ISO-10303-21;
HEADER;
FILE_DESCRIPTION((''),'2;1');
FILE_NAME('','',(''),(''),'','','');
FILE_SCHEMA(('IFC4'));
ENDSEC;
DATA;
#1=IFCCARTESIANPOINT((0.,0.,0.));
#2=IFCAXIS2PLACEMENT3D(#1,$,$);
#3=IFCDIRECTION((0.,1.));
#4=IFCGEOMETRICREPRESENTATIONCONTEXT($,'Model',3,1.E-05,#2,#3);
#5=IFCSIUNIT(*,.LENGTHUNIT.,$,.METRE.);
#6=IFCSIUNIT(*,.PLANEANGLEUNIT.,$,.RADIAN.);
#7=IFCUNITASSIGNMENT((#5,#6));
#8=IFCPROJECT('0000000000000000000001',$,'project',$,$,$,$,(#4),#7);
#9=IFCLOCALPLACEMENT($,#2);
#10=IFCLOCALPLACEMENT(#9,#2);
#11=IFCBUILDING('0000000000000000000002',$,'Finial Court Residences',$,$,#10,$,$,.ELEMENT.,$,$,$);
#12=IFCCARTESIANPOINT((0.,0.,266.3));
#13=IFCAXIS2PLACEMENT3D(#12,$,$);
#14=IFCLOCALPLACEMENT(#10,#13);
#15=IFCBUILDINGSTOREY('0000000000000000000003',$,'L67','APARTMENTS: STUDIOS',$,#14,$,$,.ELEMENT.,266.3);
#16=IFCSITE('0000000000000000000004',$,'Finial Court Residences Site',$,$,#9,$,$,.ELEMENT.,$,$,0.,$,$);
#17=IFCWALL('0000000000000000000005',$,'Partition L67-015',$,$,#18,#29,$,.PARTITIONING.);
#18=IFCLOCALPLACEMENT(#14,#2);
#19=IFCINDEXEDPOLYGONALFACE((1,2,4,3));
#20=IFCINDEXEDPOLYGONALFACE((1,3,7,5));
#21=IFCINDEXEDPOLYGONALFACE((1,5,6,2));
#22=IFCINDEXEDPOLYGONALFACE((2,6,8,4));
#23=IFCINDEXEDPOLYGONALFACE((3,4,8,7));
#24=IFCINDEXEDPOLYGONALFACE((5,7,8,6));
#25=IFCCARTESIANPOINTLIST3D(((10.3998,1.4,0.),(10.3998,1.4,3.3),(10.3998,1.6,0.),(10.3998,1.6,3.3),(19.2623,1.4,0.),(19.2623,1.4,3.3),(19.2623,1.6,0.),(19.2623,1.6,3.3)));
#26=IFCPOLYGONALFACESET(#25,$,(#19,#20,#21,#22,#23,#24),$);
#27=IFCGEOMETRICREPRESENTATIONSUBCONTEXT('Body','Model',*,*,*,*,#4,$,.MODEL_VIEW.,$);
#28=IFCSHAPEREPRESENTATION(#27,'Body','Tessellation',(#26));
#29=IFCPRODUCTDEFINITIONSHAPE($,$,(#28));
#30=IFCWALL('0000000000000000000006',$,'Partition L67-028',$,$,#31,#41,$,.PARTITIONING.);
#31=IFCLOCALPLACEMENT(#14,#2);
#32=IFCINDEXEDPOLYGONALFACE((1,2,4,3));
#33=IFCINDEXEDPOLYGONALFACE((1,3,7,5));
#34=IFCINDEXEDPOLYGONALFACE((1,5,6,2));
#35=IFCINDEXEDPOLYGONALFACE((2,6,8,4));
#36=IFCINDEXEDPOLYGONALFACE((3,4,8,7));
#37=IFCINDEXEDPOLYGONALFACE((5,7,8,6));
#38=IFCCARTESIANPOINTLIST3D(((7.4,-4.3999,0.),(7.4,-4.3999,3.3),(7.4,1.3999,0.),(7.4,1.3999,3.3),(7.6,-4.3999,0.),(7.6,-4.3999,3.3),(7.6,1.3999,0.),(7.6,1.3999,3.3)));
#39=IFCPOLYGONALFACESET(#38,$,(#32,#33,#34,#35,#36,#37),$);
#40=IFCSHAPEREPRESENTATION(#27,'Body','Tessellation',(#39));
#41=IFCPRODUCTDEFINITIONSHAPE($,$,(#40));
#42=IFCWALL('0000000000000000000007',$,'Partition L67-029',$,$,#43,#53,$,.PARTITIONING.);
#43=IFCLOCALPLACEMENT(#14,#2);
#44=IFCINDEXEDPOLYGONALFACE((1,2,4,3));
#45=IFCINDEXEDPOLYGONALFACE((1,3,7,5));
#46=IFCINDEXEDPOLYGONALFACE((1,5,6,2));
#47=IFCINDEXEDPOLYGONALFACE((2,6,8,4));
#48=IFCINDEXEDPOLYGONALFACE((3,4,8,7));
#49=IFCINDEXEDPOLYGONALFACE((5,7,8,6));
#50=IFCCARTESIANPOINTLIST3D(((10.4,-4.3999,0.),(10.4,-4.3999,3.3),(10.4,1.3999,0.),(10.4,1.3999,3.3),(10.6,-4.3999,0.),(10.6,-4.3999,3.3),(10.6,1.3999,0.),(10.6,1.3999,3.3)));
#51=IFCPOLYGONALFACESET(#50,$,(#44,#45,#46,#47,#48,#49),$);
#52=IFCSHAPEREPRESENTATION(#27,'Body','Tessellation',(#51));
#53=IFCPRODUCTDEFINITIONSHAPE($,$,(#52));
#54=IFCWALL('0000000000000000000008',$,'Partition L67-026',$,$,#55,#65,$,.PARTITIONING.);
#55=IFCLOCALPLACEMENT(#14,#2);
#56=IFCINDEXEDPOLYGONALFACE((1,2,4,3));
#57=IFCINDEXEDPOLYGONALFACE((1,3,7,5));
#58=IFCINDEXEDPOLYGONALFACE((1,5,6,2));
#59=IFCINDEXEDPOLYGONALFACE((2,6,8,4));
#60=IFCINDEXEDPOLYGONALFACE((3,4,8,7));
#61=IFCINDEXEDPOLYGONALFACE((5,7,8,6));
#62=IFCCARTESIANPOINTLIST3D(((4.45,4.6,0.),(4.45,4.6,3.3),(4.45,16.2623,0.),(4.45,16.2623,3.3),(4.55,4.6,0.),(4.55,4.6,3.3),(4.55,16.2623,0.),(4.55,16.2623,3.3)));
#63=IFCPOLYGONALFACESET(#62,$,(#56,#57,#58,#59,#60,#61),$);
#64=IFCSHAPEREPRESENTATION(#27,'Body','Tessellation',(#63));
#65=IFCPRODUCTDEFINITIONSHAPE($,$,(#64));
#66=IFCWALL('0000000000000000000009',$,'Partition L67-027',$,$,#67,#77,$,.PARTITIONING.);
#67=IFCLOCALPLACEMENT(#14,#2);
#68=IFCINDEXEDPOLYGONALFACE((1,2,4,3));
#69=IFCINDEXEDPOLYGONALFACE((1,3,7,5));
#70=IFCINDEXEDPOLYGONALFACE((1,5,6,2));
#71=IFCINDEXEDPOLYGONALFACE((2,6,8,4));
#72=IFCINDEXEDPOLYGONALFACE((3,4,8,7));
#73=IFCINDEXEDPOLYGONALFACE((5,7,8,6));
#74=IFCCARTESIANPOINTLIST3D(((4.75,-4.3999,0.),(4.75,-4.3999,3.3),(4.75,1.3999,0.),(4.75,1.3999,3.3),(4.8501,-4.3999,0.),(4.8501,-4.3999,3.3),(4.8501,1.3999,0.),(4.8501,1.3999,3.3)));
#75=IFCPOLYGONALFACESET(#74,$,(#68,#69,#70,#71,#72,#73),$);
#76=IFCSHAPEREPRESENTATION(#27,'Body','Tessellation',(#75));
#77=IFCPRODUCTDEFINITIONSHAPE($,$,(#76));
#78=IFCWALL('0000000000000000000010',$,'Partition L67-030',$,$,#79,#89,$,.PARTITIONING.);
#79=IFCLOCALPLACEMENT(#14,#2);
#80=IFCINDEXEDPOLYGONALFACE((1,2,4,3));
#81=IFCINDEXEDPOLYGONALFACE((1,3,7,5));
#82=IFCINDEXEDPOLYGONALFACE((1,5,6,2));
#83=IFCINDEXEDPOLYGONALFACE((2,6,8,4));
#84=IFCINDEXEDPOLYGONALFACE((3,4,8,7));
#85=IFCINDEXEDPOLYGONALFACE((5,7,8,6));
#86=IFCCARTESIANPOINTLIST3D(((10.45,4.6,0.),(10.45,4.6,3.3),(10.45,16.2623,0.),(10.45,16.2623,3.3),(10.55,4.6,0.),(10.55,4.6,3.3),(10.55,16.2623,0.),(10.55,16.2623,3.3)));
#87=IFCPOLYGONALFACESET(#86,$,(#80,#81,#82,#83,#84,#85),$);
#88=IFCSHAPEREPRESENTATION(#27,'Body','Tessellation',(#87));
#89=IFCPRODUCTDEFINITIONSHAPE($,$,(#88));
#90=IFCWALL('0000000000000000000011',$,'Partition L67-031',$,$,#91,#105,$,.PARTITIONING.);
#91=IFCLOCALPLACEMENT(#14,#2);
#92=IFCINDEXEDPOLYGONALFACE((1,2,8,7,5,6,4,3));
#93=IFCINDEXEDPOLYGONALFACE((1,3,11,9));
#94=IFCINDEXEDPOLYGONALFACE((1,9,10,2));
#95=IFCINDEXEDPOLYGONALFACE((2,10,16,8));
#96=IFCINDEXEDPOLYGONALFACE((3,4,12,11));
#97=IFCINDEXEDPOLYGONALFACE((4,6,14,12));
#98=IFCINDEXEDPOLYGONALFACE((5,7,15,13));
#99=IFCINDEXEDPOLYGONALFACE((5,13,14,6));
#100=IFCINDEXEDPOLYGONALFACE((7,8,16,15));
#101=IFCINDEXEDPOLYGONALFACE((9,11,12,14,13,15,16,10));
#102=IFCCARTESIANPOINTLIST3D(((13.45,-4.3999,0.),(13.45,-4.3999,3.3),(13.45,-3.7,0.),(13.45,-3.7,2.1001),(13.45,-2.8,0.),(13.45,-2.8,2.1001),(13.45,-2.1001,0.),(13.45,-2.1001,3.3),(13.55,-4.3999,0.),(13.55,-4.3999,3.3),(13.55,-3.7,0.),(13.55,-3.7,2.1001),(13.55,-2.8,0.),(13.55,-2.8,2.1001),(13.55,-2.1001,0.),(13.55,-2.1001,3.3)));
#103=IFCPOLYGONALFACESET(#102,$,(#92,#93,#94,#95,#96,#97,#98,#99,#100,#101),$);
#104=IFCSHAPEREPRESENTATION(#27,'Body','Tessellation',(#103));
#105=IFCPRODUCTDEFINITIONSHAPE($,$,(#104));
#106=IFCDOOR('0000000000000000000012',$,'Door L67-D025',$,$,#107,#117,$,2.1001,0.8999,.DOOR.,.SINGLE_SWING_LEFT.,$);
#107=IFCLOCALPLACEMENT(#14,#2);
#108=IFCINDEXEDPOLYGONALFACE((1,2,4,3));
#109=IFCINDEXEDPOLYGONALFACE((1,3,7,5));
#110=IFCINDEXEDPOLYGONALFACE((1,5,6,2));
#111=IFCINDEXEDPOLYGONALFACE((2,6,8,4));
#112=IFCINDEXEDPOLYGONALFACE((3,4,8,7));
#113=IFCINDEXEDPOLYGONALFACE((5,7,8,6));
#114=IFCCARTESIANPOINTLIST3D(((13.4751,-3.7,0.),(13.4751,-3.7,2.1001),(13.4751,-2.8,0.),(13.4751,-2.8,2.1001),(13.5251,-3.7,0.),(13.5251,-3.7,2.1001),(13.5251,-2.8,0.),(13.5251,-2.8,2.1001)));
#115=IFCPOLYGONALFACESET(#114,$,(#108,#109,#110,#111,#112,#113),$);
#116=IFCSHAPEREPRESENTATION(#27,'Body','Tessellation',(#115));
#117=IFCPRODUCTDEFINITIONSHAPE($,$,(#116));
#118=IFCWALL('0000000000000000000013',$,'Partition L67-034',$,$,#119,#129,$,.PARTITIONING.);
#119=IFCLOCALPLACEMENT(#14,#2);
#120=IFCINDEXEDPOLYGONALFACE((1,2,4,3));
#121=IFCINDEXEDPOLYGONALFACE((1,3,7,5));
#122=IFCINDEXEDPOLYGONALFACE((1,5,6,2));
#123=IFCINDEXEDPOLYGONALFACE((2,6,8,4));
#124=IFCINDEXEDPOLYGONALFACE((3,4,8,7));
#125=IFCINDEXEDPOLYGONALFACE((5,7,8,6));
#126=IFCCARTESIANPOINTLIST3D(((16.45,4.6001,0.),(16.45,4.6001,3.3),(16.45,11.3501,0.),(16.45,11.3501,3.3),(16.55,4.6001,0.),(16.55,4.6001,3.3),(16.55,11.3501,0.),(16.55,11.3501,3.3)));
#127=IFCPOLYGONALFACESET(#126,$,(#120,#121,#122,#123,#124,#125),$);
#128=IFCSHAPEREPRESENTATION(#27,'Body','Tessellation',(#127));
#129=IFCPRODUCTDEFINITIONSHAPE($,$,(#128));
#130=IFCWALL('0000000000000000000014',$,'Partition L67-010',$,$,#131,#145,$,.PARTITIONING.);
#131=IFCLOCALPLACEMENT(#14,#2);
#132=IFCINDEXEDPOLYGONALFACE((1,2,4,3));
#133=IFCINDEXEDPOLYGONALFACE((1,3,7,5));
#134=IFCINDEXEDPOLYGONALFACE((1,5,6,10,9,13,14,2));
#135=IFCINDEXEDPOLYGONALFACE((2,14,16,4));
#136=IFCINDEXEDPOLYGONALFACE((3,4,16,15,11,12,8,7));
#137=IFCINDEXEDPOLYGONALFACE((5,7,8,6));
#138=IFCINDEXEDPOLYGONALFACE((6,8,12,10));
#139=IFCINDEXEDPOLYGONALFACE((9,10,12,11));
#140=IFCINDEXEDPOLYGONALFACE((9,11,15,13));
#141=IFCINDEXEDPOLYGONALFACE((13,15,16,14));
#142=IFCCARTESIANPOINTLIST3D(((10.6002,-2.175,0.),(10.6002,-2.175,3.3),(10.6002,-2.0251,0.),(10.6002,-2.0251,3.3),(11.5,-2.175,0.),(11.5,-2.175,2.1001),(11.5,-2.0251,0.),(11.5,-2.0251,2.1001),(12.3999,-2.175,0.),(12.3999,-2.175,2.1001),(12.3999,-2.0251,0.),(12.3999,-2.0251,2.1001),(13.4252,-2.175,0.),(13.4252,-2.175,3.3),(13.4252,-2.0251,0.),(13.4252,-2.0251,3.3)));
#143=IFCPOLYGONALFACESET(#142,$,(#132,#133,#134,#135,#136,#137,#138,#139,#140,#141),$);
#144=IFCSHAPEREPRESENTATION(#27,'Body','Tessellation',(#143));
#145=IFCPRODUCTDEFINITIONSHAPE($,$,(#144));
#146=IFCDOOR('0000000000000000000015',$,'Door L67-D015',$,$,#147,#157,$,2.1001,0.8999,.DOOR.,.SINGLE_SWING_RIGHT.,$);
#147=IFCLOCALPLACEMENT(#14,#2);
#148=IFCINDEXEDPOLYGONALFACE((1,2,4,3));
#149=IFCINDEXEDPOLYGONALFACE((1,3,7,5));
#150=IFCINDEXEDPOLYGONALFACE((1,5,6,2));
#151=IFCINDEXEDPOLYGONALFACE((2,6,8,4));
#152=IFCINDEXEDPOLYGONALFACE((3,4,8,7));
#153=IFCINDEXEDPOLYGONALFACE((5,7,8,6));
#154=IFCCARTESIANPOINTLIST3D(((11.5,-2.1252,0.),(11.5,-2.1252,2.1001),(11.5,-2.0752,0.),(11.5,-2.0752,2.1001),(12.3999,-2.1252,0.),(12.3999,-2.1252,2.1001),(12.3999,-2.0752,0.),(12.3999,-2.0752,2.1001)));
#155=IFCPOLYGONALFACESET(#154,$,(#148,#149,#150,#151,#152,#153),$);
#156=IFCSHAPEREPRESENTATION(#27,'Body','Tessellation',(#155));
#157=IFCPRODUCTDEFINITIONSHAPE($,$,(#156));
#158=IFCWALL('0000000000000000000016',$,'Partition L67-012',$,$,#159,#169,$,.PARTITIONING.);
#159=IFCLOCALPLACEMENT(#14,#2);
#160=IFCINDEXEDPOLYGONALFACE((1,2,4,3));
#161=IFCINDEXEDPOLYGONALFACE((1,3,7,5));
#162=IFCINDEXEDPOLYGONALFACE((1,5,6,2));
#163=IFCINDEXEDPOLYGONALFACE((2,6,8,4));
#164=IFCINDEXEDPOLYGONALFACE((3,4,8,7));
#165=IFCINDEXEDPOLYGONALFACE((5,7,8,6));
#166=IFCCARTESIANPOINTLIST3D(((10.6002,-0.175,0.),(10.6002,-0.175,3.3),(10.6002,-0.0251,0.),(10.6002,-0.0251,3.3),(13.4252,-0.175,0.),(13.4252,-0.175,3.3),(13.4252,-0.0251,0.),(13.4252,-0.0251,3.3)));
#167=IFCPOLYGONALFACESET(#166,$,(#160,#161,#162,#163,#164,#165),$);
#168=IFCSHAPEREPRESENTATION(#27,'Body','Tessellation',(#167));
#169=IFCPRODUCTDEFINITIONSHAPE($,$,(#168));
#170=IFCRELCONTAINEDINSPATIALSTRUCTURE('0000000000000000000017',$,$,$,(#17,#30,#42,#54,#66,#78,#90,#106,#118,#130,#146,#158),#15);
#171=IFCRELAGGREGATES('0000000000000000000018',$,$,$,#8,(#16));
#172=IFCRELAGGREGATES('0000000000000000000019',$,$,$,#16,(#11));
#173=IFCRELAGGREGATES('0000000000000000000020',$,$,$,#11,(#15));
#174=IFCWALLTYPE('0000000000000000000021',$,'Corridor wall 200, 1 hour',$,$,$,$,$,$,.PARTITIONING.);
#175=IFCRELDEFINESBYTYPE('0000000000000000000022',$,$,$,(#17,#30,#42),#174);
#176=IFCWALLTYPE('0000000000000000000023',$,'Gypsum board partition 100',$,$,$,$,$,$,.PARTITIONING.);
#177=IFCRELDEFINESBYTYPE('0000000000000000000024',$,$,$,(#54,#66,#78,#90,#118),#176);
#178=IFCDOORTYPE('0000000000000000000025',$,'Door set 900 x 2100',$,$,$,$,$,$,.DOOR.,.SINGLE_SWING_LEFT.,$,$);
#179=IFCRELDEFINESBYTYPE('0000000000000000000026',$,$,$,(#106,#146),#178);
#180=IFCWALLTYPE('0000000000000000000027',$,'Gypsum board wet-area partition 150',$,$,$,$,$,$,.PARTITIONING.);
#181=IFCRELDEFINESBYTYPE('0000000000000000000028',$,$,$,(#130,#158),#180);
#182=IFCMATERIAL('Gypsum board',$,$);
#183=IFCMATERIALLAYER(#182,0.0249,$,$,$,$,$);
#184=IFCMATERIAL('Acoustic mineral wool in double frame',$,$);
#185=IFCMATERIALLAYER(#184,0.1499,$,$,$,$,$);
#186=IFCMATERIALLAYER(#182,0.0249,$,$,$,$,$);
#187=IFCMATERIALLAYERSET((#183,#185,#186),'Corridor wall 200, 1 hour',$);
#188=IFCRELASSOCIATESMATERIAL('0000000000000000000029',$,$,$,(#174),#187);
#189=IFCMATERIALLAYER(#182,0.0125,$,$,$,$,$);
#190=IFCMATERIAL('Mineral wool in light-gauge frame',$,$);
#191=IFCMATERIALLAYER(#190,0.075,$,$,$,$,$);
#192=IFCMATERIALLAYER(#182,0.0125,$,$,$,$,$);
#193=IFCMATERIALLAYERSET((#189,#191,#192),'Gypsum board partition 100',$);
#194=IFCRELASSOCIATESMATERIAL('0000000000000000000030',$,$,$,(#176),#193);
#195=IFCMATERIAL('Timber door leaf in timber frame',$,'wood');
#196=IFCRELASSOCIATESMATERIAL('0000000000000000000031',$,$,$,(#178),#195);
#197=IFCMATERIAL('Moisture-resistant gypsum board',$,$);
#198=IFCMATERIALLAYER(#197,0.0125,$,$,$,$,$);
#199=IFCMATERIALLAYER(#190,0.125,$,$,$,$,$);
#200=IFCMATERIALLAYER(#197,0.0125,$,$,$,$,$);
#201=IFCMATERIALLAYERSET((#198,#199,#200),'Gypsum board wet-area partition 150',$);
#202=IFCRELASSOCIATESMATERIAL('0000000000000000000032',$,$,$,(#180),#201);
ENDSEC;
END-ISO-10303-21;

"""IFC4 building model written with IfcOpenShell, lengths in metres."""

from ifc_helpers import new_model, si_unit, direction, frame, frame_2d, origin, place, context, subcontext, project, spatial, rectangle, extrude, material, layer, layer_set, type_object, element, fill, save


model = new_model("IFC4")

# Units and contexts
model_context = context("Model", 3, precision=1e-05, world=origin(), true_north=direction((0.0, 1.0)))
body_context = subcontext(model_context, "Body", "Model", "MODEL_VIEW")
ifc_project = project(units=[si_unit("LENGTHUNIT", "METRE"), si_unit("PLANEANGLEUNIT", "RADIAN")], contexts=[model_context])

# Site, building, storey
site_placement = place(None, origin())
site = spatial("IfcSite", under=ifc_project, at=site_placement, Name="Finial Court Residences Site", CompositionType="ELEMENT", RefElevation=0.0)
building_placement = place(site_placement, origin())
building = spatial("IfcBuilding", under=site, at=building_placement, Name="Finial Court Residences", CompositionType="ELEMENT")
storey_placement = place(building_placement, frame((0.0, 0.0, 266.3)))
storey = spatial("IfcBuildingStorey", under=building, at=storey_placement, Name="L67", Description="APARTMENTS: STUDIOS", CompositionType="ELEMENT", Elevation=266.3)

# Walls
ifc_material_1 = material(Name="Gypsum board")
ifc_layer_1 = layer(ifc_material_1, 0.0249)
ifc_material_2 = material(Name="Acoustic mineral wool in double frame")
ifc_layer_2 = layer(ifc_material_2, 0.1499)
ifc_layer_3 = layer(ifc_material_1, 0.0249)
ifc_layer_set_1 = layer_set([ifc_layer_1, ifc_layer_2, ifc_layer_3], Name="Corridor wall 200, 1 hour")
wall_type_1 = type_object("IfcWallType", Name="Corridor wall 200, 1 hour", PredefinedType="PARTITIONING", material=ifc_layer_set_1)
wall_1_placement = place(storey_placement, frame((10.3999, 1.5, 0.0), z_axis=(0.0, 0.0, 1.0), x_axis=(1.0, 0.0, 0.0)))
element("IfcWall", 1, at=wall_1_placement, inside=storey, type_object=wall_type_1, Name="Partition L67-015", PredefinedType="PARTITIONING", context=body_context, shape_type="SweptSolid", body=[
    extrude(rectangle(XDim=8.8625, YDim=0.2, at=frame_2d((4.4312, 0.0))), origin(), (0.0, 0.0, 1.0), 3.3),
])
for number, where, z_axis, x_axis, name in (
    (2, (7.5, -4.3999, 0.0), (0.0, 0.0, 1.0), (0.0, 1.0, 0.0), "Partition L67-028"),
    (3, (10.5, -4.3999, 0.0), (0.0, 0.0, 1.0), (0.0, 1.0, 0.0), "Partition L67-029"),
):
    element("IfcWall", number, at=place(storey_placement, frame(where, z_axis=z_axis, x_axis=x_axis)), inside=storey, type_object=wall_type_1, Name=name, PredefinedType="PARTITIONING", context=body_context, shape_type="SweptSolid", body=[
        extrude(rectangle(XDim=5.7998, YDim=0.2, at=frame_2d((2.8999, 0.0))), origin(), (0.0, 0.0, 1.0), 3.3),
    ])
ifc_layer_4 = layer(ifc_material_1, 0.0125)
ifc_material_3 = material(Name="Mineral wool in light-gauge frame")
ifc_layer_5 = layer(ifc_material_3, 0.075)
ifc_layer_6 = layer(ifc_material_1, 0.0125)
ifc_layer_set_2 = layer_set([ifc_layer_4, ifc_layer_5, ifc_layer_6], Name="Gypsum board partition 100")
wall_type_2 = type_object("IfcWallType", Name="Gypsum board partition 100", PredefinedType="PARTITIONING", material=ifc_layer_set_2)
wall_2_placement = place(storey_placement, frame((4.5, 4.6001, 0.0), z_axis=(0.0, 0.0, 1.0), x_axis=(0.0, 1.0, 0.0)))
element("IfcWall", 4, at=wall_2_placement, inside=storey, type_object=wall_type_2, Name="Partition L67-026", PredefinedType="PARTITIONING", context=body_context, shape_type="SweptSolid", body=[
    extrude(rectangle(XDim=11.6624, YDim=0.1001, at=frame_2d((5.8311, 0.0))), origin(), (0.0, 0.0, 1.0), 3.3),
])
wall_3_placement = place(storey_placement, frame((4.8, -4.3999, 0.0), z_axis=(0.0, 0.0, 1.0), x_axis=(0.0, 1.0, 0.0)))
element("IfcWall", 5, at=wall_3_placement, inside=storey, type_object=wall_type_2, Name="Partition L67-027", PredefinedType="PARTITIONING", context=body_context, shape_type="SweptSolid", body=[
    extrude(rectangle(XDim=5.7998, YDim=0.1001, at=frame_2d((2.8999, 0.0))), origin(), (0.0, 0.0, 1.0), 3.3),
])
wall_4_placement = place(storey_placement, frame((10.5, 4.6001, 0.0), z_axis=(0.0, 0.0, 1.0), x_axis=(0.0, 1.0, 0.0)))
element("IfcWall", 6, at=wall_4_placement, inside=storey, type_object=wall_type_2, Name="Partition L67-030", PredefinedType="PARTITIONING", context=body_context, shape_type="SweptSolid", body=[
    extrude(rectangle(XDim=11.6624, YDim=0.1001, at=frame_2d((5.8311, 0.0))), origin(), (0.0, 0.0, 1.0), 3.3),
])

# Wall, opening, door
wall_5_placement = place(storey_placement, frame((13.5, -4.3999, 0.0), z_axis=(0.0, 0.0, 1.0), x_axis=(0.0, 1.0, 0.0)))
wall_5 = element("IfcWall", 7, at=wall_5_placement, inside=storey, type_object=wall_type_2, Name="Partition L67-031", PredefinedType="PARTITIONING", context=body_context, shape_type="SweptSolid", body=[
    extrude(rectangle(XDim=2.2998, YDim=0.1001, at=frame_2d((1.1499, 0.0))), origin(), (0.0, 0.0, 1.0), 3.3),
])
opening_1_placement = place(wall_5_placement, frame((0.7, 0.0, 0.0)))
opening_1 = element("IfcOpeningElement", 8, at=opening_1_placement, cuts=wall_5, PredefinedType="OPENING", context=body_context, shape_type="SweptSolid", body=[
    extrude(rectangle(XDim=0.8999, YDim=2.1001, at=frame_2d((0.45, 1.05))), frame((0.0, 0.0601, 0.0), z_axis=(0.0, -1.0, 0.0), x_axis=(1.0, 0.0, 0.0)), (0.0, 0.0, 1.0), 0.1201),
])
ifc_material_4 = material(Name="Timber door leaf in timber frame", Category="wood")
door_type = type_object("IfcDoorType", Name="Door set 900 x 2100", OperationType="SINGLE_SWING_LEFT", PredefinedType="DOOR", material=ifc_material_4)
door_1_placement = place(opening_1_placement, origin())
door_1 = element("IfcDoor", 9, at=door_1_placement, inside=storey, type_object=door_type, Name="Door L67-D025", OperationType="SINGLE_SWING_LEFT", OverallHeight=2.1001, OverallWidth=0.8999, PredefinedType="DOOR", context=body_context, shape_type="SweptSolid", body=[
    extrude(rectangle(XDim=0.8999, YDim=2.1001, at=frame_2d((0.45, 1.05))), frame((0.0, 0.0249, 0.0), z_axis=(0.0, -1.0, 0.0), x_axis=(1.0, 0.0, 0.0)), (0.0, 0.0, 1.0), 0.05),
])
fill(opening_1, door_1)

# Wall
wall_6_placement = place(storey_placement, frame((16.5, 4.6001, 0.0), z_axis=(0.0, 0.0, 1.0), x_axis=(0.0, 1.0, 0.0)))
element("IfcWall", 10, at=wall_6_placement, inside=storey, type_object=wall_type_2, Name="Partition L67-034", PredefinedType="PARTITIONING", context=body_context, shape_type="SweptSolid", body=[
    extrude(rectangle(XDim=6.75, YDim=0.1001, at=frame_2d((3.375, 0.0))), origin(), (0.0, 0.0, 1.0), 3.3),
])

# Wall, opening, door
ifc_material_5 = material(Name="Moisture-resistant gypsum board")
ifc_layer_7 = layer(ifc_material_5, 0.0125)
ifc_layer_8 = layer(ifc_material_3, 0.125)
ifc_layer_9 = layer(ifc_material_5, 0.0125)
ifc_layer_set_3 = layer_set([ifc_layer_7, ifc_layer_8, ifc_layer_9], Name="Gypsum board wet-area partition 150")
wall_type_3 = type_object("IfcWallType", Name="Gypsum board wet-area partition 150", PredefinedType="PARTITIONING", material=ifc_layer_set_3)
wall_7_placement = place(storey_placement, frame((10.6001, -2.1001, 0.0), z_axis=(0.0, 0.0, 1.0), x_axis=(1.0, 0.0, 0.0)))
wall_7 = element("IfcWall", 11, at=wall_7_placement, inside=storey, type_object=wall_type_3, Name="Partition L67-010", PredefinedType="PARTITIONING", context=body_context, shape_type="SweptSolid", body=[
    extrude(rectangle(XDim=2.825, YDim=0.1499, at=frame_2d((1.4126, 0.0))), origin(), (0.0, 0.0, 1.0), 3.3),
])
opening_2_placement = place(wall_7_placement, frame((0.8999, 0.0, 0.0)))
opening_2 = element("IfcOpeningElement", 12, at=opening_2_placement, cuts=wall_7, PredefinedType="OPENING", context=body_context, shape_type="SweptSolid", body=[
    extrude(rectangle(XDim=0.8999, YDim=2.1001, at=frame_2d((0.45, 1.05))), frame((0.0, 0.085, 0.0), z_axis=(0.0, -1.0, 0.0), x_axis=(1.0, 0.0, 0.0)), (0.0, 0.0, 1.0), 0.1699),
])
door_2_placement = place(opening_2_placement, origin())
door_2 = element("IfcDoor", 13, at=door_2_placement, inside=storey, type_object=door_type, Name="Door L67-D015", OperationType="SINGLE_SWING_RIGHT", OverallHeight=2.1001, OverallWidth=0.8999, PredefinedType="DOOR", context=body_context, shape_type="SweptSolid", body=[
    extrude(rectangle(XDim=0.8999, YDim=2.1001, at=frame_2d((0.45, 1.05))), frame((0.0, 0.0249, 0.0), z_axis=(0.0, -1.0, 0.0), x_axis=(1.0, 0.0, 0.0)), (0.0, 0.0, 1.0), 0.05),
])
fill(opening_2, door_2)

# Wall
wall_8_placement = place(storey_placement, frame((10.6001, -0.1001, 0.0), z_axis=(0.0, 0.0, 1.0), x_axis=(1.0, 0.0, 0.0)))
element("IfcWall", 14, at=wall_8_placement, inside=storey, type_object=wall_type_3, Name="Partition L67-012", PredefinedType="PARTITIONING", context=body_context, shape_type="SweptSolid", body=[
    extrude(rectangle(XDim=2.825, YDim=0.1499, at=frame_2d((1.4126, 0.0))), origin(), (0.0, 0.0, 1.0), 3.3),
])

save(model, "model.ifc")
